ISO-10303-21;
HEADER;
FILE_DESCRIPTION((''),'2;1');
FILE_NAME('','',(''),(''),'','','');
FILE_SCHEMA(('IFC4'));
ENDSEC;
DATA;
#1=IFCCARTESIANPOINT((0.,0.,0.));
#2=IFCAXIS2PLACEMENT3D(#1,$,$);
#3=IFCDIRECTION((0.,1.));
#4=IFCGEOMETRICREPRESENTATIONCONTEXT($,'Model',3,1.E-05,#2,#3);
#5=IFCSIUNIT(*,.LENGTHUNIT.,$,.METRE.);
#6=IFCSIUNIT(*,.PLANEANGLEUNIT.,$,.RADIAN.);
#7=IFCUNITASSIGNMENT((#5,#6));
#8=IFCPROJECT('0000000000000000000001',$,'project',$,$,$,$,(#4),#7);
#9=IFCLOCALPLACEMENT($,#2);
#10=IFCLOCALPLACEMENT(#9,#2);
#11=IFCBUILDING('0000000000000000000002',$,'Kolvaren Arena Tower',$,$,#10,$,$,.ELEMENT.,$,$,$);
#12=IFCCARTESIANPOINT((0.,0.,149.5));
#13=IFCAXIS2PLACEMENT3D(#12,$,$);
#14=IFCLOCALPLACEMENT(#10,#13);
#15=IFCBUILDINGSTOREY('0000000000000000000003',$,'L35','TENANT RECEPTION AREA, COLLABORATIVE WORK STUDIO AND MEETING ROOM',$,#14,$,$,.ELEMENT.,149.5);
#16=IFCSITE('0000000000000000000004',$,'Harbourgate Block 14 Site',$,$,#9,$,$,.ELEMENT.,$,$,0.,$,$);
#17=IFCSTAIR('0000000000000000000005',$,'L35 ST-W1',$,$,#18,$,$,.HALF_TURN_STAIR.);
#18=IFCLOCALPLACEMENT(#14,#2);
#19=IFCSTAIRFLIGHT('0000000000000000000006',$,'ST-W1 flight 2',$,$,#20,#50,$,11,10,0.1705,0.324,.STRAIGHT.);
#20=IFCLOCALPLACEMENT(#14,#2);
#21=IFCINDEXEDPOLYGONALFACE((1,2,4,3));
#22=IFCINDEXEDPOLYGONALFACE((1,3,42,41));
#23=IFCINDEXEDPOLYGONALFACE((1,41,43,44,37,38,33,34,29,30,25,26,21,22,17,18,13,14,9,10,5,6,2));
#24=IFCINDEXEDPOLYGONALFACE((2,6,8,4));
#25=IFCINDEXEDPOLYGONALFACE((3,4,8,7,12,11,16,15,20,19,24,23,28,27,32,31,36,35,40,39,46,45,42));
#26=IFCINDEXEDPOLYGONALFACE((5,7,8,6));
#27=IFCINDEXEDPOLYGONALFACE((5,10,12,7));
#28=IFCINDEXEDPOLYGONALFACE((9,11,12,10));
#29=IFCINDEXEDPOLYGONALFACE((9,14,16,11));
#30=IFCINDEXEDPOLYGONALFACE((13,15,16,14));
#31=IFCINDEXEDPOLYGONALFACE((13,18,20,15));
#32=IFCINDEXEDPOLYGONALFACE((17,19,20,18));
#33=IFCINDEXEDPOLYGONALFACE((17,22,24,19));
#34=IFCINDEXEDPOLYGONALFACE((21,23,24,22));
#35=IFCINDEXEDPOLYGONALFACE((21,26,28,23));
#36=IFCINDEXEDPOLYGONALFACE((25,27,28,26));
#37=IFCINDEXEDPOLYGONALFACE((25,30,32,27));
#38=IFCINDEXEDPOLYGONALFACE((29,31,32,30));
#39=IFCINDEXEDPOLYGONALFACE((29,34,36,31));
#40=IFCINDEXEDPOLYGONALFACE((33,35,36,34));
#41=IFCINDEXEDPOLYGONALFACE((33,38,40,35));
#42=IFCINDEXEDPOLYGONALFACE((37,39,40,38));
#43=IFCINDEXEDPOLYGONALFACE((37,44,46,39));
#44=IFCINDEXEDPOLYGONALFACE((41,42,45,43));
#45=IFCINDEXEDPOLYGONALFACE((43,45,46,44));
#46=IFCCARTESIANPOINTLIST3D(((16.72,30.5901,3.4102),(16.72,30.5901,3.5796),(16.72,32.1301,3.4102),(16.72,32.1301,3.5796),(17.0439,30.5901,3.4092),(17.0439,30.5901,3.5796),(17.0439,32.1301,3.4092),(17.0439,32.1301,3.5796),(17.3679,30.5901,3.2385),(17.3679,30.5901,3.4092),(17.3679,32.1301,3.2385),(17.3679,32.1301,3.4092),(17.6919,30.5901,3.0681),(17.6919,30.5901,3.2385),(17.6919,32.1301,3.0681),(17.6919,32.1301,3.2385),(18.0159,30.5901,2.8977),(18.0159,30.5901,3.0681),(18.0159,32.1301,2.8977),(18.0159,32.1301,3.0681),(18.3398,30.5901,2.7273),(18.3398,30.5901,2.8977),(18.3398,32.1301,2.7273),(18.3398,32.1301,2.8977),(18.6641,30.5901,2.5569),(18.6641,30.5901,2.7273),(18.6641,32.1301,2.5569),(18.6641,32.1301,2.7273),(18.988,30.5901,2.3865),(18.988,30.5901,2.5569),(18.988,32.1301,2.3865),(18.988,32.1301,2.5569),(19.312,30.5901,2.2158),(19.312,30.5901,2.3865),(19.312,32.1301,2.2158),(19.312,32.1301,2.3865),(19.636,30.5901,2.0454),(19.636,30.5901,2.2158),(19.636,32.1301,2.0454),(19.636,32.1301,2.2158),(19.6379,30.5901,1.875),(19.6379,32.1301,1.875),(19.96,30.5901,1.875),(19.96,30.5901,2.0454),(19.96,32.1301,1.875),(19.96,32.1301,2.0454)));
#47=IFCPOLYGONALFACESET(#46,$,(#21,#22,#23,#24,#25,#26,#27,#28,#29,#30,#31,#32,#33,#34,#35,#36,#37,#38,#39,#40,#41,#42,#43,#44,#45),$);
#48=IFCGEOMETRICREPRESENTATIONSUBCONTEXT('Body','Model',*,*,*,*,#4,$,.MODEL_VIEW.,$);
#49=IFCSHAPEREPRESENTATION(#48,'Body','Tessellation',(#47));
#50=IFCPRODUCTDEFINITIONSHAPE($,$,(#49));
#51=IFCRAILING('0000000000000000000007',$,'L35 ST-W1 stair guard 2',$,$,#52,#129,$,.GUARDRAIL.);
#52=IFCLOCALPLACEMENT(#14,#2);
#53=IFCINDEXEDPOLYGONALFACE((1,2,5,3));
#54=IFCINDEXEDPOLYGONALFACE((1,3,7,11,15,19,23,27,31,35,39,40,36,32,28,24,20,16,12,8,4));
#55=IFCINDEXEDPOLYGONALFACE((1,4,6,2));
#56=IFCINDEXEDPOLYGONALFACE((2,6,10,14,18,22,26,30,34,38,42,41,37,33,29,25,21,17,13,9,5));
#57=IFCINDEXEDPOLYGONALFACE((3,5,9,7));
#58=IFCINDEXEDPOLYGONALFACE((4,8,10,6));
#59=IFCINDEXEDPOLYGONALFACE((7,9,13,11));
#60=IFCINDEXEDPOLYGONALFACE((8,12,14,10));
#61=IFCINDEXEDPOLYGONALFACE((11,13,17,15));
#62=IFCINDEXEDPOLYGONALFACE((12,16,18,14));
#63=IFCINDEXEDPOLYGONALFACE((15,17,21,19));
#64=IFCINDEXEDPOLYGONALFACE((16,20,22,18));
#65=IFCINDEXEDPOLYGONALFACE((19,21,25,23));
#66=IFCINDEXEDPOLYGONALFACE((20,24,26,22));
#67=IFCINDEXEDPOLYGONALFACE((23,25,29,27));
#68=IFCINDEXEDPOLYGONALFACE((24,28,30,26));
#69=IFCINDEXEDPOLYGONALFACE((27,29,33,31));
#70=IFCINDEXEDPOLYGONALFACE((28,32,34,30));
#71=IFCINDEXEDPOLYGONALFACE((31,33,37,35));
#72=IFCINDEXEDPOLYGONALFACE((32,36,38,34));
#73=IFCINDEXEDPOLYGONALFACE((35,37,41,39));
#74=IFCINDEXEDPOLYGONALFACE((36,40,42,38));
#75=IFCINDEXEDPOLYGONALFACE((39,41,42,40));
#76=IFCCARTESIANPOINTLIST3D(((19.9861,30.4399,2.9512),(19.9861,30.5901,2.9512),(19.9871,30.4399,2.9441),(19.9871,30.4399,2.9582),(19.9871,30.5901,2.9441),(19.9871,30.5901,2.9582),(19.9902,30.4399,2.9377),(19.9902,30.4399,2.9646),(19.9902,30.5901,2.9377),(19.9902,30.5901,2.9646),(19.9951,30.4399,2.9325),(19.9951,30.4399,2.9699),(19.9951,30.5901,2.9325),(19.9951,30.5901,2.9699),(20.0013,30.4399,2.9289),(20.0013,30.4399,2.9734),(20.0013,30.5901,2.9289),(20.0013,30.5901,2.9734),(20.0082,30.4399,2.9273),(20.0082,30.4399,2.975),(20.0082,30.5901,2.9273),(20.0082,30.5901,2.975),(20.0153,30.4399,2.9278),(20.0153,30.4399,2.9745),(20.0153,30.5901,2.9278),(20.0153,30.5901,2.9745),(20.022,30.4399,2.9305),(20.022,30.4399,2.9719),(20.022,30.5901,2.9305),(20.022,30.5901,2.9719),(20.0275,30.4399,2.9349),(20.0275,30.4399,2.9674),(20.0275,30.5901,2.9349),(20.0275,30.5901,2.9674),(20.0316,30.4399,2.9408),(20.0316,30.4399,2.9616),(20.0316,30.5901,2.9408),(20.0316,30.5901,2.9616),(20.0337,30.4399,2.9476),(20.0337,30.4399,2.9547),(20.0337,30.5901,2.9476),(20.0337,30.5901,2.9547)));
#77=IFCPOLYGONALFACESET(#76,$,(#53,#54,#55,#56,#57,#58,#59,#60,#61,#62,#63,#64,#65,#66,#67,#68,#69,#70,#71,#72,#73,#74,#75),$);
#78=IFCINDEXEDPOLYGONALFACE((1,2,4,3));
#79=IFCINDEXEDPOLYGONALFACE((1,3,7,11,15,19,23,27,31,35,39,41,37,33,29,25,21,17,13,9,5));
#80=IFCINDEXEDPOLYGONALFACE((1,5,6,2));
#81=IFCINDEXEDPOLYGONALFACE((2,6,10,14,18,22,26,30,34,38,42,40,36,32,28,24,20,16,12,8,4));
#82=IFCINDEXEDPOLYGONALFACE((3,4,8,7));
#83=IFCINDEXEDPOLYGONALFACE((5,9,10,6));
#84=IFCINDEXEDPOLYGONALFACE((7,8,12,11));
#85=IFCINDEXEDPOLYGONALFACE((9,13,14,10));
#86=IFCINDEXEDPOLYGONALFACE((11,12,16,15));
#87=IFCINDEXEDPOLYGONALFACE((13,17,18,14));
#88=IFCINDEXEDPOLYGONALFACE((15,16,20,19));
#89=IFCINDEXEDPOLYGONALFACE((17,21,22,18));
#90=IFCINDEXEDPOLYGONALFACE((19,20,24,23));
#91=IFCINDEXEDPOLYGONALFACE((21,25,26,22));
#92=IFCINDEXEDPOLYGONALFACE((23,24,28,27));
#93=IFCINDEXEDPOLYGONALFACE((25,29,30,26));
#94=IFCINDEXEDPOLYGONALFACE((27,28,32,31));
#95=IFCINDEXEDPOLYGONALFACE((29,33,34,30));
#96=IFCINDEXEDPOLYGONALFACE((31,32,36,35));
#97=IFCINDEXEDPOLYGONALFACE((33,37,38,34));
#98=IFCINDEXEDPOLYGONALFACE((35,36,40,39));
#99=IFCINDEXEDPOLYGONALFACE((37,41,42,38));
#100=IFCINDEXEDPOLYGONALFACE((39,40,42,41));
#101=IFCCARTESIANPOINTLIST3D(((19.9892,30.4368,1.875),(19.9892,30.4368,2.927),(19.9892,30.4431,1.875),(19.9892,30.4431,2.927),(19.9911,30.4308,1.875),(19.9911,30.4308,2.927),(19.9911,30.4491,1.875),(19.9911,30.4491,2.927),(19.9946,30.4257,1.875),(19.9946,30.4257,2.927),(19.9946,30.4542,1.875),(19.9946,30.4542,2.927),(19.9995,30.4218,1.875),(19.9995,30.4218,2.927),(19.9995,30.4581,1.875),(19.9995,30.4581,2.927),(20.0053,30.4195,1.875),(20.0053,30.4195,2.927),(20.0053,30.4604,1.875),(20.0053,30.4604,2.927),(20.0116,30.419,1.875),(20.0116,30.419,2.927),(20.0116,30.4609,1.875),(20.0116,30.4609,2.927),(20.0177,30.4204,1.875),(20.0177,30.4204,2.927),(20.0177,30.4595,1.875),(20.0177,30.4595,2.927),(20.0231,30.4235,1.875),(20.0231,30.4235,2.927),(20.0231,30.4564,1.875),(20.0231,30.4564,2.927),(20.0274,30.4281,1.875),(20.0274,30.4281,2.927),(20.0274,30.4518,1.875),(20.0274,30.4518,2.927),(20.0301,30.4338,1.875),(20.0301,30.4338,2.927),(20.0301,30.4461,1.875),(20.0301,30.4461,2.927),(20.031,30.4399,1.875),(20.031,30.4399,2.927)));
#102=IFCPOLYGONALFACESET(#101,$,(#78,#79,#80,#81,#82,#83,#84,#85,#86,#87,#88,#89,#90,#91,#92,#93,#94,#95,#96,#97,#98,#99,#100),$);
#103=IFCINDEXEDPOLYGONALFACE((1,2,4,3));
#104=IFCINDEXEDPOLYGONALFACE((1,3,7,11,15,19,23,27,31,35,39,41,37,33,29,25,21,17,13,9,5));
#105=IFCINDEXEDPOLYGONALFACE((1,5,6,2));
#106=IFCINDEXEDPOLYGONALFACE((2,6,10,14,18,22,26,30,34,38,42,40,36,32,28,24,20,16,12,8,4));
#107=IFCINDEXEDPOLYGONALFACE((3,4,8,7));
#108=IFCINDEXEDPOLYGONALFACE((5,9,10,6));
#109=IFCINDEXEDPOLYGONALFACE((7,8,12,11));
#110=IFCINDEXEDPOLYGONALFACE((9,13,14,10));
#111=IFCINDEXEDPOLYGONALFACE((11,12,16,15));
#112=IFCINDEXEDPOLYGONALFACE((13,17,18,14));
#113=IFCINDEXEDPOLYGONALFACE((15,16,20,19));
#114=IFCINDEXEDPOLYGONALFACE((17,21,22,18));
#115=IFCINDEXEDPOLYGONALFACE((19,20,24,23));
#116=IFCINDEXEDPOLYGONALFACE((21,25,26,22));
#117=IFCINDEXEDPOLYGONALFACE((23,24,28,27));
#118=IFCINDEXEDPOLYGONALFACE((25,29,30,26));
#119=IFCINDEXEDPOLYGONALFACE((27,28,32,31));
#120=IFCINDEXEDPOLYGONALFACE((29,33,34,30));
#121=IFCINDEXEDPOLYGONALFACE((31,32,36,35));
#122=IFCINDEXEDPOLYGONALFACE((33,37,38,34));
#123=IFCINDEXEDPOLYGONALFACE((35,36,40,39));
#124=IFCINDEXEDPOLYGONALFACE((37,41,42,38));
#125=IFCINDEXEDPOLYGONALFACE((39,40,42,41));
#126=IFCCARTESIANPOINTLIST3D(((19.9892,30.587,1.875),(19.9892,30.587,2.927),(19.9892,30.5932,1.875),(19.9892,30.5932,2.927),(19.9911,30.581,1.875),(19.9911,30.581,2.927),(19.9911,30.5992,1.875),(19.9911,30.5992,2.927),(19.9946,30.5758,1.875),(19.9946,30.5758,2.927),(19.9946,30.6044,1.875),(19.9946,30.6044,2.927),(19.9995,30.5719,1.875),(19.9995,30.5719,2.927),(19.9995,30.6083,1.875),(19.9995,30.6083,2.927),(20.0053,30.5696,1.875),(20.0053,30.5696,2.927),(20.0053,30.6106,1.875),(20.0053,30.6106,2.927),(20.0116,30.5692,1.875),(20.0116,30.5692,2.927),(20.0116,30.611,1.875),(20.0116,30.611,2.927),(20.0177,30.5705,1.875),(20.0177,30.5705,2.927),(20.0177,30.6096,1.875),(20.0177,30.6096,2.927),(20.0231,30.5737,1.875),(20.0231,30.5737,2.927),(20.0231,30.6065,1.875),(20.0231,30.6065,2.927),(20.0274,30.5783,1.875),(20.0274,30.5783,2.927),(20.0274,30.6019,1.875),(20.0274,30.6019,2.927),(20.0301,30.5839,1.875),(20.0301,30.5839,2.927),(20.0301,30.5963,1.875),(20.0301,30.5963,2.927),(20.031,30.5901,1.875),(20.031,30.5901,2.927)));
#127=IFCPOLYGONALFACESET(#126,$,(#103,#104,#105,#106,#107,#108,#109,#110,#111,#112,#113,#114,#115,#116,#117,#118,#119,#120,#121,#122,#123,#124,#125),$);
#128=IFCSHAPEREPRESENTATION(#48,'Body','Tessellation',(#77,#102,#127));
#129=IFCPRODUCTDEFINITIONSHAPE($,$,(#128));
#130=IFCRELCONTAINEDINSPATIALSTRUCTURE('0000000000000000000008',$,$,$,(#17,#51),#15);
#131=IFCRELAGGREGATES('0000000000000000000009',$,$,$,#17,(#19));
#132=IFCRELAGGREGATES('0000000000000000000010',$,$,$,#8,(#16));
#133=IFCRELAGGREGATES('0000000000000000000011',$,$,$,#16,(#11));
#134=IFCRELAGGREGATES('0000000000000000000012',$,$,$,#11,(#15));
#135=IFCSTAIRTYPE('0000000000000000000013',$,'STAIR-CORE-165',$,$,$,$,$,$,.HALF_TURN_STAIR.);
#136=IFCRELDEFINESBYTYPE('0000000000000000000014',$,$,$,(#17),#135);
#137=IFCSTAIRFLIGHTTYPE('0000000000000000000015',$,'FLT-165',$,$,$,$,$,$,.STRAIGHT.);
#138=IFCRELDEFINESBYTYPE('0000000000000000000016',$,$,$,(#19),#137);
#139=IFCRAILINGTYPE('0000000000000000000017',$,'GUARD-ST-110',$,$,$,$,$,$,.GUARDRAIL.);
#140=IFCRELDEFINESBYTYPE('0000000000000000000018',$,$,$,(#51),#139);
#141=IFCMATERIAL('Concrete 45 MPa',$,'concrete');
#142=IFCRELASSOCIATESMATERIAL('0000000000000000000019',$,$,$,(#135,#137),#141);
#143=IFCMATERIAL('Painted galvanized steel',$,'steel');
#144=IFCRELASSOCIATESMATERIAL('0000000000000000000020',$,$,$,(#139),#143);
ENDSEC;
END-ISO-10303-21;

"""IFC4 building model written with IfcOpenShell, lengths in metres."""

from ifc_helpers import new_model, si_unit, direction, frame, origin, origin_2d, place, context, subcontext, project, spatial, polyline, circle, outline, extrude, material, type_object, element, aggregate, save


model = new_model("IFC4")

# Units and contexts
model_context = context("Model", 3, precision=1e-05, world=origin(), true_north=direction((0.0, 1.0)))
body_context = subcontext(model_context, "Body", "Model", "MODEL_VIEW")
ifc_project = project(units=[si_unit("LENGTHUNIT", "METRE"), si_unit("PLANEANGLEUNIT", "RADIAN")], contexts=[model_context])

# Site, building, storey
site_placement = place(None, origin())
site = spatial("IfcSite", under=ifc_project, at=site_placement, Name="Harbourgate Block 14 Site", CompositionType="ELEMENT", RefElevation=0.0)
building_placement = place(site_placement, origin())
building = spatial("IfcBuilding", under=site, at=building_placement, Name="Kolvaren Arena Tower", CompositionType="ELEMENT")
storey_placement = place(building_placement, frame((0.0, 0.0, 149.5)))
storey = spatial("IfcBuildingStorey", under=building, at=storey_placement, Name="L35", Description="TENANT RECEPTION AREA, COLLABORATIVE WORK STUDIO AND MEETING ROOM", CompositionType="ELEMENT", Elevation=149.5)

# Shared definitions
ifc_material_1 = material(Name="Concrete 45 MPa", Category="concrete")

# Stair, stair flight
stair_type = type_object("IfcStairType", Name="STAIR-CORE-165", PredefinedType="HALF_TURN_STAIR", material=ifc_material_1)
stair_placement = place(storey_placement, origin())
stair = element("IfcStair", 1, at=stair_placement, inside=storey, type_object=stair_type, Name="L35 ST-W1", PredefinedType="HALF_TURN_STAIR")
stair_flight_type = type_object("IfcStairFlightType", Name="FLT-165", PredefinedType="STRAIGHT", material=ifc_material_1)
stair_flight_placement = place(storey_placement, frame((19.96, 31.3601, 1.875), z_axis=(0.0, 0.0, 1.0), x_axis=(-1.0, 0.0, 0.0)))
stair_flight = element("IfcStairFlight", 2, at=stair_flight_placement, type_object=stair_flight_type, Name="ST-W1 flight 2", NumberOfRisers=11, NumberOfTreads=10, PredefinedType="STRAIGHT", RiserHeight=0.1705, TreadLength=0.324, context=body_context, shape_type="SweptSolid", body=[
    extrude(outline(polyline([(0.0, 0.0), (0.0, 0.1704), (0.324, 0.1704), (0.324, 0.3408), (0.6479, 0.3408), (0.6479, 0.5115), (0.9719, 0.5115), (0.9719, 0.6819), (1.2959, 0.6819), (1.2959, 0.8523), (1.6201, 0.8523), (1.6201, 1.0227), (1.9441, 1.0227), (1.9441, 1.1931), (2.2681, 1.1931), (2.2681, 1.3635), (2.592, 1.3635), (2.592, 1.5342), (2.916, 1.5342), (2.916, 1.7046), (3.24, 1.7046), (3.24, 1.875), (3.24, 1.5352), (0.322, 0.0), (0.0, 0.0)])), frame((0.0, 0.77, 0.0), z_axis=(0.0, -1.0, 0.0), x_axis=(1.0, 0.0, 0.0)), (0.0, 0.0, 1.0), 1.54),
])
aggregate(stair, [stair_flight])

# Railing
ifc_material_2 = material(Name="Painted galvanized steel", Category="steel")
railing_type_1 = type_object("IfcRailingType", Name="GUARD-ST-110", PredefinedType="GUARDRAIL", material=ifc_material_2)
railing_1_placement = place(storey_placement, frame((20.01, 30.4399, 1.875)))
element("IfcRailing", 3, at=railing_1_placement, inside=storey, type_object=railing_type_1, Name="L35 ST-W1 stair guard 2", PredefinedType="GUARDRAIL", context=body_context, shape_type="SweptSolid", body=[
    extrude(circle(Radius=0.0239, at=origin_2d()), frame((0.0, 0.0, 1.0762), z_axis=(0.0, 1.0, 0.0), x_axis=(-1.0, 0.0, 0.0)), (0.0, 0.0, 1.0), 0.1501),
    extrude(circle(Radius=0.021, at=origin_2d()), origin(), (0.0, 0.0, 1.0), 1.052),
    extrude(circle(Radius=0.021, at=origin_2d()), frame((0.0, 0.1501, 0.0)), (0.0, 0.0, 1.0), 1.052),
])

save(model, "model.ifc")
